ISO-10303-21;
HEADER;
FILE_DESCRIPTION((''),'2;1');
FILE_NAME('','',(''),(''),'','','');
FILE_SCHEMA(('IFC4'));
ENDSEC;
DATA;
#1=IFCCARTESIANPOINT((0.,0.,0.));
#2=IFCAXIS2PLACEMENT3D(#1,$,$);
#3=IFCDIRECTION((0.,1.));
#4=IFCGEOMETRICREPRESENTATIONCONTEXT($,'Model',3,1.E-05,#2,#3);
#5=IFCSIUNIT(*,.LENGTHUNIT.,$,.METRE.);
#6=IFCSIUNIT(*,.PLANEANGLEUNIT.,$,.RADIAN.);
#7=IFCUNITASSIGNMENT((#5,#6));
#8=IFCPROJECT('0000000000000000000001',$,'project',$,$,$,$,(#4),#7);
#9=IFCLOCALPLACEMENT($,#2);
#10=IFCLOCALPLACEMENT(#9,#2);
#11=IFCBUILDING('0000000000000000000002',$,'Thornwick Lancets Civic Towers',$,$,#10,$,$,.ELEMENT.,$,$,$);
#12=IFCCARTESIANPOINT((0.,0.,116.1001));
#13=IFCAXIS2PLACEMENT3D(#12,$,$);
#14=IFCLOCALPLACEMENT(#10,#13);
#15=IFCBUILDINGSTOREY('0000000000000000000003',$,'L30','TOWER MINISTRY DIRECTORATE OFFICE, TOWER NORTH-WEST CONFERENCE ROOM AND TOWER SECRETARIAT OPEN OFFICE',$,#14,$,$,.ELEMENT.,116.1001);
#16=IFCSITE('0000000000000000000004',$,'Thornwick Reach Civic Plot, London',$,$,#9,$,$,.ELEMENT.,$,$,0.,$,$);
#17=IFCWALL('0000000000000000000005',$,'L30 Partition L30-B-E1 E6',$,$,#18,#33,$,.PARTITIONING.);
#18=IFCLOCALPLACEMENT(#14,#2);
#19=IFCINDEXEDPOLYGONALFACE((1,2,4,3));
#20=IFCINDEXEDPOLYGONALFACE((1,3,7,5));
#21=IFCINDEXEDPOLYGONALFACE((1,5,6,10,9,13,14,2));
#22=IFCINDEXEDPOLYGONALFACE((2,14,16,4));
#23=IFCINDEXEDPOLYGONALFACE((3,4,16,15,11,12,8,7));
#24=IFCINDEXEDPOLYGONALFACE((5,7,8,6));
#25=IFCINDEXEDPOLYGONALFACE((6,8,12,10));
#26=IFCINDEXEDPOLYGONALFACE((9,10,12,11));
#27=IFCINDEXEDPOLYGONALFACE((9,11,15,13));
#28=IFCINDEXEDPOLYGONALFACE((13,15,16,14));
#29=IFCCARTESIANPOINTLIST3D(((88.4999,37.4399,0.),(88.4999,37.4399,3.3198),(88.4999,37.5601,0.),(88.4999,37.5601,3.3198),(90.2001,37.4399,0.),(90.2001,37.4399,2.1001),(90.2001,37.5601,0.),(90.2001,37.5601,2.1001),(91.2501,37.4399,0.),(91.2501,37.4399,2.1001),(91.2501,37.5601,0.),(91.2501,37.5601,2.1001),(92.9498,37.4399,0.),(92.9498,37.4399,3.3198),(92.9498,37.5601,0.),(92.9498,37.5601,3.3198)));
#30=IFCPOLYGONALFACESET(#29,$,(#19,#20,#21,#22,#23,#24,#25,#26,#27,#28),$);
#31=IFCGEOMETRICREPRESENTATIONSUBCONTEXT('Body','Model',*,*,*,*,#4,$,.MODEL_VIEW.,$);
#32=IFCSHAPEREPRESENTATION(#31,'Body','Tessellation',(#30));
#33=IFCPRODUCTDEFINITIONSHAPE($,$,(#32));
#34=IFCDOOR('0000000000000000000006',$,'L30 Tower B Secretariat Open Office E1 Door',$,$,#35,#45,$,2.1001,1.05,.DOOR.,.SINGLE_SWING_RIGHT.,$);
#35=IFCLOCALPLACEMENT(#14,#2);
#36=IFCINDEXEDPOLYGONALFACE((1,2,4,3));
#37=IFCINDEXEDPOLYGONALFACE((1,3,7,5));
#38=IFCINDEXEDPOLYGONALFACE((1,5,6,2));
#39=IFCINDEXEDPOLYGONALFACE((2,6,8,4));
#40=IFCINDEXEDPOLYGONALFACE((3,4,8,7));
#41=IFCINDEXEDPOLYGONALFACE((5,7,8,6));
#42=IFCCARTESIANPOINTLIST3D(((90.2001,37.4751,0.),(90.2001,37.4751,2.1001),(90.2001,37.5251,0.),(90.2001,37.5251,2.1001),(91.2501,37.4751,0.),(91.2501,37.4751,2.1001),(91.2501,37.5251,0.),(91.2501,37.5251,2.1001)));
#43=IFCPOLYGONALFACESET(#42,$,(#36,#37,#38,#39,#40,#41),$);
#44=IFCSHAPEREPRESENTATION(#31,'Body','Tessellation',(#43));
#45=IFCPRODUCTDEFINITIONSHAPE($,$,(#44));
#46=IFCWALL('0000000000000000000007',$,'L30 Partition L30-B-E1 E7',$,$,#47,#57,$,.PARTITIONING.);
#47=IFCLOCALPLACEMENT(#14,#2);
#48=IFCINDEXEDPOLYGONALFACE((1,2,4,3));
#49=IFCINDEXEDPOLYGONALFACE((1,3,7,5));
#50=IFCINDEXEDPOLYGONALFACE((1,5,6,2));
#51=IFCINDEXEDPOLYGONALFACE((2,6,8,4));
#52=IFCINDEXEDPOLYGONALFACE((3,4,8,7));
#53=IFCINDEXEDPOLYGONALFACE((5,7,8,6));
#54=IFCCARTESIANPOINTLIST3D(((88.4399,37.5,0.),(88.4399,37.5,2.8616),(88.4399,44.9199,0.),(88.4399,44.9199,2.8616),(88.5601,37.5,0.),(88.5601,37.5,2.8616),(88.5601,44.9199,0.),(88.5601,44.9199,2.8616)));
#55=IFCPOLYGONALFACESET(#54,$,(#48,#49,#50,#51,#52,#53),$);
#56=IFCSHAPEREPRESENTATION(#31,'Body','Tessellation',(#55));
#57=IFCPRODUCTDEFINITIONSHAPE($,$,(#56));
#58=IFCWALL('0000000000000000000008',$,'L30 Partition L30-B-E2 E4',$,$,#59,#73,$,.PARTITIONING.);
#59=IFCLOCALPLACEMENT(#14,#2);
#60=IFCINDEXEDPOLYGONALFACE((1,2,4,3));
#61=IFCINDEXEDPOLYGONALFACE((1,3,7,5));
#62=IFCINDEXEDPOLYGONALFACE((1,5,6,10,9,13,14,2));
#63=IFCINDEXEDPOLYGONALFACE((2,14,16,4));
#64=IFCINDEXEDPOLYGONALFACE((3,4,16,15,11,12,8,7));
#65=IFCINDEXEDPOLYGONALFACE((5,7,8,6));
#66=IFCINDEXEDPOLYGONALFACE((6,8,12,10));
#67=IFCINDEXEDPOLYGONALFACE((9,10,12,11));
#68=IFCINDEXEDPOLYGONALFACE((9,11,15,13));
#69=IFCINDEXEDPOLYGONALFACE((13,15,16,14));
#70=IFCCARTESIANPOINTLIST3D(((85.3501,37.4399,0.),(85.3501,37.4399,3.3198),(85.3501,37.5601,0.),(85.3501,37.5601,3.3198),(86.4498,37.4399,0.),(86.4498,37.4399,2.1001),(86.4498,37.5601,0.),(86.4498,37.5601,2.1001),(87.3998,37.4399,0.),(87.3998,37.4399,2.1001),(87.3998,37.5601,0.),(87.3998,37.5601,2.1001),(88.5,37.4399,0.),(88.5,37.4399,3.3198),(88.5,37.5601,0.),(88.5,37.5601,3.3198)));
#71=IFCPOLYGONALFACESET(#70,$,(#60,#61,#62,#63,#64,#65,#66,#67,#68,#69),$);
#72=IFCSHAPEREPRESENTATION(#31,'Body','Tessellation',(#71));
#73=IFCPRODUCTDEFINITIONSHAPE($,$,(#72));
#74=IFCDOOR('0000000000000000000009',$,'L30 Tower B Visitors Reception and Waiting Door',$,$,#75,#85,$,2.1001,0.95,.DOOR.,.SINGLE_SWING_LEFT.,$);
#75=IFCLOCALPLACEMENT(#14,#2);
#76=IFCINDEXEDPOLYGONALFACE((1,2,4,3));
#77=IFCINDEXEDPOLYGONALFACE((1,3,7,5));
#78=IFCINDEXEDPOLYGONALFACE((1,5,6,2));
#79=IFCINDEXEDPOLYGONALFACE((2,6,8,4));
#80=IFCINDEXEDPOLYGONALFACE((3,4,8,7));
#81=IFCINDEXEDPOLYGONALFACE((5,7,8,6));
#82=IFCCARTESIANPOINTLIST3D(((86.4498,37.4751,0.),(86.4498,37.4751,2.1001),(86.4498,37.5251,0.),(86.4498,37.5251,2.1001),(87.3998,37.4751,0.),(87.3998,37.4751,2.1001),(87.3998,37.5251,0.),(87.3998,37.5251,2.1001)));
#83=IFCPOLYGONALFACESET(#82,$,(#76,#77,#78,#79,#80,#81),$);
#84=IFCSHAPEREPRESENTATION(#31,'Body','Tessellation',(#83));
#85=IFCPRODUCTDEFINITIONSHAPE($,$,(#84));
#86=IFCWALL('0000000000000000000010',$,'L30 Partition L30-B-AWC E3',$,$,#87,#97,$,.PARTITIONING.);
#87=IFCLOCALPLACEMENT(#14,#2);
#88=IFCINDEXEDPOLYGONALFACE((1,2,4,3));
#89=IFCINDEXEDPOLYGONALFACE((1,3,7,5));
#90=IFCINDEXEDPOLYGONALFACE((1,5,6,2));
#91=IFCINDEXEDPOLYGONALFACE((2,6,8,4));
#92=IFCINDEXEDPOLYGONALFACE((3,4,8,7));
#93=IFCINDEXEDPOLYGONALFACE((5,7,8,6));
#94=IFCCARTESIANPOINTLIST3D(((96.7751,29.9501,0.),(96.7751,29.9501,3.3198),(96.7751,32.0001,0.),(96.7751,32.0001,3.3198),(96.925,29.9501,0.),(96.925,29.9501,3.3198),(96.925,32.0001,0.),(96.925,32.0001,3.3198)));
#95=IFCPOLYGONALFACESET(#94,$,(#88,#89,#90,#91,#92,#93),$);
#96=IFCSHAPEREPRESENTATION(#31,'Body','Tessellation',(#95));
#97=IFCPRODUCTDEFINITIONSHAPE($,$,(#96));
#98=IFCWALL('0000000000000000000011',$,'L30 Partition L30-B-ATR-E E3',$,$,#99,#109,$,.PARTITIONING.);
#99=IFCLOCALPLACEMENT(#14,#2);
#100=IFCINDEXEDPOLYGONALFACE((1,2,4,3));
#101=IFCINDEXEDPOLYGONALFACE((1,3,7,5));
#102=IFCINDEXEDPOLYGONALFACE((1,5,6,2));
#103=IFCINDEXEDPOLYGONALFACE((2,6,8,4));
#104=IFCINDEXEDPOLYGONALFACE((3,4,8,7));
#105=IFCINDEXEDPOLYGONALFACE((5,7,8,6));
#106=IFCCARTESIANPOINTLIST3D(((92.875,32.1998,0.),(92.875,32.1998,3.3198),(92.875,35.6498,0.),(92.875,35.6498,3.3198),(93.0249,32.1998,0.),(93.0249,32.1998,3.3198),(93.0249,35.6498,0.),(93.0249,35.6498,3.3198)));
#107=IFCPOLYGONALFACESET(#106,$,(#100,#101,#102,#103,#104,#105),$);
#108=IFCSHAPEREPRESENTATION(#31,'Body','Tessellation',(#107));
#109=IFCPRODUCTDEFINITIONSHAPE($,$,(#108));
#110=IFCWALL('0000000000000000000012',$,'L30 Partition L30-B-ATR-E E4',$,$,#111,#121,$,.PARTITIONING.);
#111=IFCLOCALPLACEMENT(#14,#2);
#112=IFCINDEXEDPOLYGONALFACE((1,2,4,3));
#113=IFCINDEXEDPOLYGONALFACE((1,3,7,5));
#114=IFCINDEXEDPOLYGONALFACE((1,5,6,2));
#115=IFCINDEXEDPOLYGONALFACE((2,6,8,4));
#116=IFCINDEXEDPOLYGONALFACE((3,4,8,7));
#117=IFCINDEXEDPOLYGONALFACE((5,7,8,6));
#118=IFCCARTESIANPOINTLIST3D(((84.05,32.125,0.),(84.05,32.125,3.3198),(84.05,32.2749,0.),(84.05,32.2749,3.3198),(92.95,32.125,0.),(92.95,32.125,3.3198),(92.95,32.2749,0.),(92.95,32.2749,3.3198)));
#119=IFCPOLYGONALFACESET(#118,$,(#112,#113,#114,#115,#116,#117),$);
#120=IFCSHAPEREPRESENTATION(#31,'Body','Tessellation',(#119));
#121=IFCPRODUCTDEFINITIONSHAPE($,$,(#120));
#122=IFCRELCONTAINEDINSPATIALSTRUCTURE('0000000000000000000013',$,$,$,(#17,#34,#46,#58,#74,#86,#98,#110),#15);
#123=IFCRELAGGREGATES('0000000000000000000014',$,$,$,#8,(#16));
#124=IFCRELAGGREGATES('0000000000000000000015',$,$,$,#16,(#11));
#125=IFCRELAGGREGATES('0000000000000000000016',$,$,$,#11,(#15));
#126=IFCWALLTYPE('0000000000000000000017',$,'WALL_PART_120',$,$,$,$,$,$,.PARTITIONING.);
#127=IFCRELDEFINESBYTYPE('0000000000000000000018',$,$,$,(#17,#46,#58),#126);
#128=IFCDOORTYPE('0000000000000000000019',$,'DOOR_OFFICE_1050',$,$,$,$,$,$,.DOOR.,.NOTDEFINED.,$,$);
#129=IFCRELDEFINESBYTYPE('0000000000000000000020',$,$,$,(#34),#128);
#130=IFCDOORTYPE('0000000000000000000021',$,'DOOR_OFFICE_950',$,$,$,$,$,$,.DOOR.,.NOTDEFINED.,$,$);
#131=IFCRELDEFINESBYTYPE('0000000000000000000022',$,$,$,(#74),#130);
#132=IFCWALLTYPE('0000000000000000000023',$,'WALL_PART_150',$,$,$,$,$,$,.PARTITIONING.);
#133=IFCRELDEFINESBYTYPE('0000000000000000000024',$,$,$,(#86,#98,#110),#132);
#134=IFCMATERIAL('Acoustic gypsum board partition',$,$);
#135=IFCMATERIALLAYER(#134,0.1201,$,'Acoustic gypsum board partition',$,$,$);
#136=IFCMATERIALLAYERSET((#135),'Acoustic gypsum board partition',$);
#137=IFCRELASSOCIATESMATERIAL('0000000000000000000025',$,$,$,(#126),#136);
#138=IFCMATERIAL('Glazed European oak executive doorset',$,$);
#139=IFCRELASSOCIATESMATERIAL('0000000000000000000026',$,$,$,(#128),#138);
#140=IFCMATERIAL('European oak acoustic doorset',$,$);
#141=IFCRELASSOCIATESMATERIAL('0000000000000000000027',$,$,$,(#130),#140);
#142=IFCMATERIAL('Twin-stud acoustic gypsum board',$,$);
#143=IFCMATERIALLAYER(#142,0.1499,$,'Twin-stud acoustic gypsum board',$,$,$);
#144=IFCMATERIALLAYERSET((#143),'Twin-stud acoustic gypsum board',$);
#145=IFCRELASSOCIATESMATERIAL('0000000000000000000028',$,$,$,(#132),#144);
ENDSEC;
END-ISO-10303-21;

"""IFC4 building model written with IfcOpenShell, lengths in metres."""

from ifc_helpers import new_model, si_unit, direction, frame, frame_2d, origin, place, context, subcontext, project, spatial, rectangle, extrude, material, layer, layer_set, type_object, element, fill, save


model = new_model("IFC4")

# Units and contexts
model_context = context("Model", 3, precision=1e-05, world=origin(), true_north=direction((0.0, 1.0)))
body_context = subcontext(model_context, "Body", "Model", "MODEL_VIEW")
ifc_project = project(units=[si_unit("LENGTHUNIT", "METRE"), si_unit("PLANEANGLEUNIT", "RADIAN")], contexts=[model_context])

# Site, building, storey
site_placement = place(None, origin())
site = spatial("IfcSite", under=ifc_project, at=site_placement, Name="Thornwick Reach Civic Plot, London", CompositionType="ELEMENT", RefElevation=0.0)
building_placement = place(site_placement, origin())
building = spatial("IfcBuilding", under=site, at=building_placement, Name="Thornwick Lancets Civic Towers", CompositionType="ELEMENT")
storey_placement = place(building_placement, frame((0.0, 0.0, 116.1001)))
storey = spatial("IfcBuildingStorey", under=building, at=storey_placement, Name="L30", Description="TOWER MINISTRY DIRECTORATE OFFICE, TOWER NORTH-WEST CONFERENCE ROOM AND TOWER SECRETARIAT OPEN OFFICE", CompositionType="ELEMENT", Elevation=116.1001)

# Shared definitions
ifc_material_1 = material(Name="Acoustic gypsum board partition")
ifc_layer_1 = layer(ifc_material_1, 0.1201, Name="Acoustic gypsum board partition")
ifc_layer_set_1 = layer_set([ifc_layer_1], Name="Acoustic gypsum board partition")
wall_type_1 = type_object("IfcWallType", Name="WALL_PART_120", PredefinedType="PARTITIONING", material=ifc_layer_set_1)

# Wall, opening, door
wall_1_placement = place(storey_placement, frame((92.95, 37.5, 0.0), z_axis=(0.0, 0.0, 1.0), x_axis=(-1.0, 0.0, 0.0)))
wall_1 = element("IfcWall", 1, at=wall_1_placement, inside=storey, type_object=wall_type_1, Name="L30 Partition L30-B-E1 E6", PredefinedType="PARTITIONING", context=body_context, shape_type="SweptSolid", body=[
    extrude(rectangle(XDim=4.45, YDim=0.1201, at=frame_2d((2.2251, 0.0))), origin(), (0.0, 0.0, 1.0), 3.3198),
])
opening_1_placement = place(wall_1_placement, frame((1.7, 0.0, 0.0)))
opening_1 = element("IfcOpeningElement", 2, at=opening_1_placement, cuts=wall_1, PredefinedType="OPENING", context=body_context, shape_type="SweptSolid", body=[
    extrude(rectangle(XDim=1.05, YDim=2.1001, at=frame_2d((0.5249, 1.05))), frame((0.0, 0.0701, 0.0), z_axis=(0.0, -1.0, 0.0), x_axis=(1.0, 0.0, 0.0)), (0.0, 0.0, 1.0), 0.1401),
])
ifc_material_2 = material(Name="Glazed European oak executive doorset")
door_type_1 = type_object("IfcDoorType", Name="DOOR_OFFICE_1050", OperationType="NOTDEFINED", PredefinedType="DOOR", material=ifc_material_2)
door_1_placement = place(opening_1_placement, origin())
door_1 = element("IfcDoor", 3, at=door_1_placement, inside=storey, type_object=door_type_1, Name="L30 Tower B Secretariat Open Office E1 Door", OperationType="SINGLE_SWING_RIGHT", OverallHeight=2.1001, OverallWidth=1.05, PredefinedType="DOOR", context=body_context, shape_type="SweptSolid", body=[
    extrude(rectangle(XDim=1.05, YDim=2.1001, at=frame_2d((0.5249, 1.05))), frame((0.0, 0.0249, 0.0), z_axis=(0.0, -1.0, 0.0), x_axis=(1.0, 0.0, 0.0)), (0.0, 0.0, 1.0), 0.05),
])
fill(opening_1, door_1)

# Wall
wall_2_placement = place(storey_placement, frame((88.5, 37.5, 0.0), z_axis=(0.0, 0.0, 1.0), x_axis=(0.0, 1.0, 0.0)))
element("IfcWall", 4, at=wall_2_placement, inside=storey, type_object=wall_type_1, Name="L30 Partition L30-B-E1 E7", PredefinedType="PARTITIONING", context=body_context, shape_type="SweptSolid", body=[
    extrude(rectangle(XDim=7.4199, YDim=0.1201, at=frame_2d((3.71, 0.0))), origin(), (0.0, 0.0, 1.0), 2.8616),
])

# Wall, opening, door
wall_3_placement = place(storey_placement, frame((88.5, 37.5, 0.0), z_axis=(0.0, 0.0, 1.0), x_axis=(-1.0, 0.0, 0.0)))
wall_3 = element("IfcWall", 5, at=wall_3_placement, inside=storey, type_object=wall_type_1, Name="L30 Partition L30-B-E2 E4", PredefinedType="PARTITIONING", context=body_context, shape_type="SweptSolid", body=[
    extrude(rectangle(XDim=3.1499, YDim=0.1201, at=frame_2d((1.575, 0.0))), origin(), (0.0, 0.0, 1.0), 3.3198),
])
opening_2_placement = place(wall_3_placement, frame((1.1001, 0.0, 0.0)))
opening_2 = element("IfcOpeningElement", 6, at=opening_2_placement, cuts=wall_3, PredefinedType="OPENING", context=body_context, shape_type="SweptSolid", body=[
    extrude(rectangle(XDim=0.95, YDim=2.1001, at=frame_2d((0.4751, 1.05))), frame((0.0, 0.0701, 0.0), z_axis=(0.0, -1.0, 0.0), x_axis=(1.0, 0.0, 0.0)), (0.0, 0.0, 1.0), 0.1401),
])
ifc_material_3 = material(Name="European oak acoustic doorset")
door_type_2 = type_object("IfcDoorType", Name="DOOR_OFFICE_950", OperationType="NOTDEFINED", PredefinedType="DOOR", material=ifc_material_3)
door_2_placement = place(opening_2_placement, origin())
door_2 = element("IfcDoor", 7, at=door_2_placement, inside=storey, type_object=door_type_2, Name="L30 Tower B Visitors Reception and Waiting Door", OperationType="SINGLE_SWING_LEFT", OverallHeight=2.1001, OverallWidth=0.95, PredefinedType="DOOR", context=body_context, shape_type="SweptSolid", body=[
    extrude(rectangle(XDim=0.95, YDim=2.1001, at=frame_2d((0.4751, 1.05))), frame((0.0, 0.0249, 0.0), z_axis=(0.0, -1.0, 0.0), x_axis=(1.0, 0.0, 0.0)), (0.0, 0.0, 1.0), 0.05),
])
fill(opening_2, door_2)

# Walls
ifc_material_4 = material(Name="Twin-stud acoustic gypsum board")
ifc_layer_2 = layer(ifc_material_4, 0.1499, Name="Twin-stud acoustic gypsum board")
ifc_layer_set_2 = layer_set([ifc_layer_2], Name="Twin-stud acoustic gypsum board")
wall_type_2 = type_object("IfcWallType", Name="WALL_PART_150", PredefinedType="PARTITIONING", material=ifc_layer_set_2)
wall_4_placement = place(storey_placement, frame((96.8501, 32.0, 0.0), z_axis=(0.0, 0.0, 1.0), x_axis=(0.0, -1.0, 0.0)))
element("IfcWall", 8, at=wall_4_placement, inside=storey, type_object=wall_type_2, Name="L30 Partition L30-B-AWC E3", PredefinedType="PARTITIONING", context=body_context, shape_type="SweptSolid", body=[
    extrude(rectangle(XDim=2.05, YDim=0.1499, at=frame_2d((1.0249, 0.0))), origin(), (0.0, 0.0, 1.0), 3.3198),
])
wall_5_placement = place(storey_placement, frame((92.95, 35.6499, 0.0), z_axis=(0.0, 0.0, 1.0), x_axis=(0.0, -1.0, 0.0)))
element("IfcWall", 9, at=wall_5_placement, inside=storey, type_object=wall_type_2, Name="L30 Partition L30-B-ATR-E E3", PredefinedType="PARTITIONING", context=body_context, shape_type="SweptSolid", body=[
    extrude(rectangle(XDim=3.45, YDim=0.1499, at=frame_2d((1.7251, 0.0))), origin(), (0.0, 0.0, 1.0), 3.3198),
])
wall_6_placement = place(storey_placement, frame((92.95, 32.2, 0.0), z_axis=(0.0, 0.0, 1.0), x_axis=(-1.0, 0.0, 0.0)))
element("IfcWall", 10, at=wall_6_placement, inside=storey, type_object=wall_type_2, Name="L30 Partition L30-B-ATR-E E4", PredefinedType="PARTITIONING", context=body_context, shape_type="SweptSolid", body=[
    extrude(rectangle(XDim=8.8999, YDim=0.1499, at=frame_2d((4.45, 0.0))), origin(), (0.0, 0.0, 1.0), 3.3198),
])

save(model, "model.ifc")
